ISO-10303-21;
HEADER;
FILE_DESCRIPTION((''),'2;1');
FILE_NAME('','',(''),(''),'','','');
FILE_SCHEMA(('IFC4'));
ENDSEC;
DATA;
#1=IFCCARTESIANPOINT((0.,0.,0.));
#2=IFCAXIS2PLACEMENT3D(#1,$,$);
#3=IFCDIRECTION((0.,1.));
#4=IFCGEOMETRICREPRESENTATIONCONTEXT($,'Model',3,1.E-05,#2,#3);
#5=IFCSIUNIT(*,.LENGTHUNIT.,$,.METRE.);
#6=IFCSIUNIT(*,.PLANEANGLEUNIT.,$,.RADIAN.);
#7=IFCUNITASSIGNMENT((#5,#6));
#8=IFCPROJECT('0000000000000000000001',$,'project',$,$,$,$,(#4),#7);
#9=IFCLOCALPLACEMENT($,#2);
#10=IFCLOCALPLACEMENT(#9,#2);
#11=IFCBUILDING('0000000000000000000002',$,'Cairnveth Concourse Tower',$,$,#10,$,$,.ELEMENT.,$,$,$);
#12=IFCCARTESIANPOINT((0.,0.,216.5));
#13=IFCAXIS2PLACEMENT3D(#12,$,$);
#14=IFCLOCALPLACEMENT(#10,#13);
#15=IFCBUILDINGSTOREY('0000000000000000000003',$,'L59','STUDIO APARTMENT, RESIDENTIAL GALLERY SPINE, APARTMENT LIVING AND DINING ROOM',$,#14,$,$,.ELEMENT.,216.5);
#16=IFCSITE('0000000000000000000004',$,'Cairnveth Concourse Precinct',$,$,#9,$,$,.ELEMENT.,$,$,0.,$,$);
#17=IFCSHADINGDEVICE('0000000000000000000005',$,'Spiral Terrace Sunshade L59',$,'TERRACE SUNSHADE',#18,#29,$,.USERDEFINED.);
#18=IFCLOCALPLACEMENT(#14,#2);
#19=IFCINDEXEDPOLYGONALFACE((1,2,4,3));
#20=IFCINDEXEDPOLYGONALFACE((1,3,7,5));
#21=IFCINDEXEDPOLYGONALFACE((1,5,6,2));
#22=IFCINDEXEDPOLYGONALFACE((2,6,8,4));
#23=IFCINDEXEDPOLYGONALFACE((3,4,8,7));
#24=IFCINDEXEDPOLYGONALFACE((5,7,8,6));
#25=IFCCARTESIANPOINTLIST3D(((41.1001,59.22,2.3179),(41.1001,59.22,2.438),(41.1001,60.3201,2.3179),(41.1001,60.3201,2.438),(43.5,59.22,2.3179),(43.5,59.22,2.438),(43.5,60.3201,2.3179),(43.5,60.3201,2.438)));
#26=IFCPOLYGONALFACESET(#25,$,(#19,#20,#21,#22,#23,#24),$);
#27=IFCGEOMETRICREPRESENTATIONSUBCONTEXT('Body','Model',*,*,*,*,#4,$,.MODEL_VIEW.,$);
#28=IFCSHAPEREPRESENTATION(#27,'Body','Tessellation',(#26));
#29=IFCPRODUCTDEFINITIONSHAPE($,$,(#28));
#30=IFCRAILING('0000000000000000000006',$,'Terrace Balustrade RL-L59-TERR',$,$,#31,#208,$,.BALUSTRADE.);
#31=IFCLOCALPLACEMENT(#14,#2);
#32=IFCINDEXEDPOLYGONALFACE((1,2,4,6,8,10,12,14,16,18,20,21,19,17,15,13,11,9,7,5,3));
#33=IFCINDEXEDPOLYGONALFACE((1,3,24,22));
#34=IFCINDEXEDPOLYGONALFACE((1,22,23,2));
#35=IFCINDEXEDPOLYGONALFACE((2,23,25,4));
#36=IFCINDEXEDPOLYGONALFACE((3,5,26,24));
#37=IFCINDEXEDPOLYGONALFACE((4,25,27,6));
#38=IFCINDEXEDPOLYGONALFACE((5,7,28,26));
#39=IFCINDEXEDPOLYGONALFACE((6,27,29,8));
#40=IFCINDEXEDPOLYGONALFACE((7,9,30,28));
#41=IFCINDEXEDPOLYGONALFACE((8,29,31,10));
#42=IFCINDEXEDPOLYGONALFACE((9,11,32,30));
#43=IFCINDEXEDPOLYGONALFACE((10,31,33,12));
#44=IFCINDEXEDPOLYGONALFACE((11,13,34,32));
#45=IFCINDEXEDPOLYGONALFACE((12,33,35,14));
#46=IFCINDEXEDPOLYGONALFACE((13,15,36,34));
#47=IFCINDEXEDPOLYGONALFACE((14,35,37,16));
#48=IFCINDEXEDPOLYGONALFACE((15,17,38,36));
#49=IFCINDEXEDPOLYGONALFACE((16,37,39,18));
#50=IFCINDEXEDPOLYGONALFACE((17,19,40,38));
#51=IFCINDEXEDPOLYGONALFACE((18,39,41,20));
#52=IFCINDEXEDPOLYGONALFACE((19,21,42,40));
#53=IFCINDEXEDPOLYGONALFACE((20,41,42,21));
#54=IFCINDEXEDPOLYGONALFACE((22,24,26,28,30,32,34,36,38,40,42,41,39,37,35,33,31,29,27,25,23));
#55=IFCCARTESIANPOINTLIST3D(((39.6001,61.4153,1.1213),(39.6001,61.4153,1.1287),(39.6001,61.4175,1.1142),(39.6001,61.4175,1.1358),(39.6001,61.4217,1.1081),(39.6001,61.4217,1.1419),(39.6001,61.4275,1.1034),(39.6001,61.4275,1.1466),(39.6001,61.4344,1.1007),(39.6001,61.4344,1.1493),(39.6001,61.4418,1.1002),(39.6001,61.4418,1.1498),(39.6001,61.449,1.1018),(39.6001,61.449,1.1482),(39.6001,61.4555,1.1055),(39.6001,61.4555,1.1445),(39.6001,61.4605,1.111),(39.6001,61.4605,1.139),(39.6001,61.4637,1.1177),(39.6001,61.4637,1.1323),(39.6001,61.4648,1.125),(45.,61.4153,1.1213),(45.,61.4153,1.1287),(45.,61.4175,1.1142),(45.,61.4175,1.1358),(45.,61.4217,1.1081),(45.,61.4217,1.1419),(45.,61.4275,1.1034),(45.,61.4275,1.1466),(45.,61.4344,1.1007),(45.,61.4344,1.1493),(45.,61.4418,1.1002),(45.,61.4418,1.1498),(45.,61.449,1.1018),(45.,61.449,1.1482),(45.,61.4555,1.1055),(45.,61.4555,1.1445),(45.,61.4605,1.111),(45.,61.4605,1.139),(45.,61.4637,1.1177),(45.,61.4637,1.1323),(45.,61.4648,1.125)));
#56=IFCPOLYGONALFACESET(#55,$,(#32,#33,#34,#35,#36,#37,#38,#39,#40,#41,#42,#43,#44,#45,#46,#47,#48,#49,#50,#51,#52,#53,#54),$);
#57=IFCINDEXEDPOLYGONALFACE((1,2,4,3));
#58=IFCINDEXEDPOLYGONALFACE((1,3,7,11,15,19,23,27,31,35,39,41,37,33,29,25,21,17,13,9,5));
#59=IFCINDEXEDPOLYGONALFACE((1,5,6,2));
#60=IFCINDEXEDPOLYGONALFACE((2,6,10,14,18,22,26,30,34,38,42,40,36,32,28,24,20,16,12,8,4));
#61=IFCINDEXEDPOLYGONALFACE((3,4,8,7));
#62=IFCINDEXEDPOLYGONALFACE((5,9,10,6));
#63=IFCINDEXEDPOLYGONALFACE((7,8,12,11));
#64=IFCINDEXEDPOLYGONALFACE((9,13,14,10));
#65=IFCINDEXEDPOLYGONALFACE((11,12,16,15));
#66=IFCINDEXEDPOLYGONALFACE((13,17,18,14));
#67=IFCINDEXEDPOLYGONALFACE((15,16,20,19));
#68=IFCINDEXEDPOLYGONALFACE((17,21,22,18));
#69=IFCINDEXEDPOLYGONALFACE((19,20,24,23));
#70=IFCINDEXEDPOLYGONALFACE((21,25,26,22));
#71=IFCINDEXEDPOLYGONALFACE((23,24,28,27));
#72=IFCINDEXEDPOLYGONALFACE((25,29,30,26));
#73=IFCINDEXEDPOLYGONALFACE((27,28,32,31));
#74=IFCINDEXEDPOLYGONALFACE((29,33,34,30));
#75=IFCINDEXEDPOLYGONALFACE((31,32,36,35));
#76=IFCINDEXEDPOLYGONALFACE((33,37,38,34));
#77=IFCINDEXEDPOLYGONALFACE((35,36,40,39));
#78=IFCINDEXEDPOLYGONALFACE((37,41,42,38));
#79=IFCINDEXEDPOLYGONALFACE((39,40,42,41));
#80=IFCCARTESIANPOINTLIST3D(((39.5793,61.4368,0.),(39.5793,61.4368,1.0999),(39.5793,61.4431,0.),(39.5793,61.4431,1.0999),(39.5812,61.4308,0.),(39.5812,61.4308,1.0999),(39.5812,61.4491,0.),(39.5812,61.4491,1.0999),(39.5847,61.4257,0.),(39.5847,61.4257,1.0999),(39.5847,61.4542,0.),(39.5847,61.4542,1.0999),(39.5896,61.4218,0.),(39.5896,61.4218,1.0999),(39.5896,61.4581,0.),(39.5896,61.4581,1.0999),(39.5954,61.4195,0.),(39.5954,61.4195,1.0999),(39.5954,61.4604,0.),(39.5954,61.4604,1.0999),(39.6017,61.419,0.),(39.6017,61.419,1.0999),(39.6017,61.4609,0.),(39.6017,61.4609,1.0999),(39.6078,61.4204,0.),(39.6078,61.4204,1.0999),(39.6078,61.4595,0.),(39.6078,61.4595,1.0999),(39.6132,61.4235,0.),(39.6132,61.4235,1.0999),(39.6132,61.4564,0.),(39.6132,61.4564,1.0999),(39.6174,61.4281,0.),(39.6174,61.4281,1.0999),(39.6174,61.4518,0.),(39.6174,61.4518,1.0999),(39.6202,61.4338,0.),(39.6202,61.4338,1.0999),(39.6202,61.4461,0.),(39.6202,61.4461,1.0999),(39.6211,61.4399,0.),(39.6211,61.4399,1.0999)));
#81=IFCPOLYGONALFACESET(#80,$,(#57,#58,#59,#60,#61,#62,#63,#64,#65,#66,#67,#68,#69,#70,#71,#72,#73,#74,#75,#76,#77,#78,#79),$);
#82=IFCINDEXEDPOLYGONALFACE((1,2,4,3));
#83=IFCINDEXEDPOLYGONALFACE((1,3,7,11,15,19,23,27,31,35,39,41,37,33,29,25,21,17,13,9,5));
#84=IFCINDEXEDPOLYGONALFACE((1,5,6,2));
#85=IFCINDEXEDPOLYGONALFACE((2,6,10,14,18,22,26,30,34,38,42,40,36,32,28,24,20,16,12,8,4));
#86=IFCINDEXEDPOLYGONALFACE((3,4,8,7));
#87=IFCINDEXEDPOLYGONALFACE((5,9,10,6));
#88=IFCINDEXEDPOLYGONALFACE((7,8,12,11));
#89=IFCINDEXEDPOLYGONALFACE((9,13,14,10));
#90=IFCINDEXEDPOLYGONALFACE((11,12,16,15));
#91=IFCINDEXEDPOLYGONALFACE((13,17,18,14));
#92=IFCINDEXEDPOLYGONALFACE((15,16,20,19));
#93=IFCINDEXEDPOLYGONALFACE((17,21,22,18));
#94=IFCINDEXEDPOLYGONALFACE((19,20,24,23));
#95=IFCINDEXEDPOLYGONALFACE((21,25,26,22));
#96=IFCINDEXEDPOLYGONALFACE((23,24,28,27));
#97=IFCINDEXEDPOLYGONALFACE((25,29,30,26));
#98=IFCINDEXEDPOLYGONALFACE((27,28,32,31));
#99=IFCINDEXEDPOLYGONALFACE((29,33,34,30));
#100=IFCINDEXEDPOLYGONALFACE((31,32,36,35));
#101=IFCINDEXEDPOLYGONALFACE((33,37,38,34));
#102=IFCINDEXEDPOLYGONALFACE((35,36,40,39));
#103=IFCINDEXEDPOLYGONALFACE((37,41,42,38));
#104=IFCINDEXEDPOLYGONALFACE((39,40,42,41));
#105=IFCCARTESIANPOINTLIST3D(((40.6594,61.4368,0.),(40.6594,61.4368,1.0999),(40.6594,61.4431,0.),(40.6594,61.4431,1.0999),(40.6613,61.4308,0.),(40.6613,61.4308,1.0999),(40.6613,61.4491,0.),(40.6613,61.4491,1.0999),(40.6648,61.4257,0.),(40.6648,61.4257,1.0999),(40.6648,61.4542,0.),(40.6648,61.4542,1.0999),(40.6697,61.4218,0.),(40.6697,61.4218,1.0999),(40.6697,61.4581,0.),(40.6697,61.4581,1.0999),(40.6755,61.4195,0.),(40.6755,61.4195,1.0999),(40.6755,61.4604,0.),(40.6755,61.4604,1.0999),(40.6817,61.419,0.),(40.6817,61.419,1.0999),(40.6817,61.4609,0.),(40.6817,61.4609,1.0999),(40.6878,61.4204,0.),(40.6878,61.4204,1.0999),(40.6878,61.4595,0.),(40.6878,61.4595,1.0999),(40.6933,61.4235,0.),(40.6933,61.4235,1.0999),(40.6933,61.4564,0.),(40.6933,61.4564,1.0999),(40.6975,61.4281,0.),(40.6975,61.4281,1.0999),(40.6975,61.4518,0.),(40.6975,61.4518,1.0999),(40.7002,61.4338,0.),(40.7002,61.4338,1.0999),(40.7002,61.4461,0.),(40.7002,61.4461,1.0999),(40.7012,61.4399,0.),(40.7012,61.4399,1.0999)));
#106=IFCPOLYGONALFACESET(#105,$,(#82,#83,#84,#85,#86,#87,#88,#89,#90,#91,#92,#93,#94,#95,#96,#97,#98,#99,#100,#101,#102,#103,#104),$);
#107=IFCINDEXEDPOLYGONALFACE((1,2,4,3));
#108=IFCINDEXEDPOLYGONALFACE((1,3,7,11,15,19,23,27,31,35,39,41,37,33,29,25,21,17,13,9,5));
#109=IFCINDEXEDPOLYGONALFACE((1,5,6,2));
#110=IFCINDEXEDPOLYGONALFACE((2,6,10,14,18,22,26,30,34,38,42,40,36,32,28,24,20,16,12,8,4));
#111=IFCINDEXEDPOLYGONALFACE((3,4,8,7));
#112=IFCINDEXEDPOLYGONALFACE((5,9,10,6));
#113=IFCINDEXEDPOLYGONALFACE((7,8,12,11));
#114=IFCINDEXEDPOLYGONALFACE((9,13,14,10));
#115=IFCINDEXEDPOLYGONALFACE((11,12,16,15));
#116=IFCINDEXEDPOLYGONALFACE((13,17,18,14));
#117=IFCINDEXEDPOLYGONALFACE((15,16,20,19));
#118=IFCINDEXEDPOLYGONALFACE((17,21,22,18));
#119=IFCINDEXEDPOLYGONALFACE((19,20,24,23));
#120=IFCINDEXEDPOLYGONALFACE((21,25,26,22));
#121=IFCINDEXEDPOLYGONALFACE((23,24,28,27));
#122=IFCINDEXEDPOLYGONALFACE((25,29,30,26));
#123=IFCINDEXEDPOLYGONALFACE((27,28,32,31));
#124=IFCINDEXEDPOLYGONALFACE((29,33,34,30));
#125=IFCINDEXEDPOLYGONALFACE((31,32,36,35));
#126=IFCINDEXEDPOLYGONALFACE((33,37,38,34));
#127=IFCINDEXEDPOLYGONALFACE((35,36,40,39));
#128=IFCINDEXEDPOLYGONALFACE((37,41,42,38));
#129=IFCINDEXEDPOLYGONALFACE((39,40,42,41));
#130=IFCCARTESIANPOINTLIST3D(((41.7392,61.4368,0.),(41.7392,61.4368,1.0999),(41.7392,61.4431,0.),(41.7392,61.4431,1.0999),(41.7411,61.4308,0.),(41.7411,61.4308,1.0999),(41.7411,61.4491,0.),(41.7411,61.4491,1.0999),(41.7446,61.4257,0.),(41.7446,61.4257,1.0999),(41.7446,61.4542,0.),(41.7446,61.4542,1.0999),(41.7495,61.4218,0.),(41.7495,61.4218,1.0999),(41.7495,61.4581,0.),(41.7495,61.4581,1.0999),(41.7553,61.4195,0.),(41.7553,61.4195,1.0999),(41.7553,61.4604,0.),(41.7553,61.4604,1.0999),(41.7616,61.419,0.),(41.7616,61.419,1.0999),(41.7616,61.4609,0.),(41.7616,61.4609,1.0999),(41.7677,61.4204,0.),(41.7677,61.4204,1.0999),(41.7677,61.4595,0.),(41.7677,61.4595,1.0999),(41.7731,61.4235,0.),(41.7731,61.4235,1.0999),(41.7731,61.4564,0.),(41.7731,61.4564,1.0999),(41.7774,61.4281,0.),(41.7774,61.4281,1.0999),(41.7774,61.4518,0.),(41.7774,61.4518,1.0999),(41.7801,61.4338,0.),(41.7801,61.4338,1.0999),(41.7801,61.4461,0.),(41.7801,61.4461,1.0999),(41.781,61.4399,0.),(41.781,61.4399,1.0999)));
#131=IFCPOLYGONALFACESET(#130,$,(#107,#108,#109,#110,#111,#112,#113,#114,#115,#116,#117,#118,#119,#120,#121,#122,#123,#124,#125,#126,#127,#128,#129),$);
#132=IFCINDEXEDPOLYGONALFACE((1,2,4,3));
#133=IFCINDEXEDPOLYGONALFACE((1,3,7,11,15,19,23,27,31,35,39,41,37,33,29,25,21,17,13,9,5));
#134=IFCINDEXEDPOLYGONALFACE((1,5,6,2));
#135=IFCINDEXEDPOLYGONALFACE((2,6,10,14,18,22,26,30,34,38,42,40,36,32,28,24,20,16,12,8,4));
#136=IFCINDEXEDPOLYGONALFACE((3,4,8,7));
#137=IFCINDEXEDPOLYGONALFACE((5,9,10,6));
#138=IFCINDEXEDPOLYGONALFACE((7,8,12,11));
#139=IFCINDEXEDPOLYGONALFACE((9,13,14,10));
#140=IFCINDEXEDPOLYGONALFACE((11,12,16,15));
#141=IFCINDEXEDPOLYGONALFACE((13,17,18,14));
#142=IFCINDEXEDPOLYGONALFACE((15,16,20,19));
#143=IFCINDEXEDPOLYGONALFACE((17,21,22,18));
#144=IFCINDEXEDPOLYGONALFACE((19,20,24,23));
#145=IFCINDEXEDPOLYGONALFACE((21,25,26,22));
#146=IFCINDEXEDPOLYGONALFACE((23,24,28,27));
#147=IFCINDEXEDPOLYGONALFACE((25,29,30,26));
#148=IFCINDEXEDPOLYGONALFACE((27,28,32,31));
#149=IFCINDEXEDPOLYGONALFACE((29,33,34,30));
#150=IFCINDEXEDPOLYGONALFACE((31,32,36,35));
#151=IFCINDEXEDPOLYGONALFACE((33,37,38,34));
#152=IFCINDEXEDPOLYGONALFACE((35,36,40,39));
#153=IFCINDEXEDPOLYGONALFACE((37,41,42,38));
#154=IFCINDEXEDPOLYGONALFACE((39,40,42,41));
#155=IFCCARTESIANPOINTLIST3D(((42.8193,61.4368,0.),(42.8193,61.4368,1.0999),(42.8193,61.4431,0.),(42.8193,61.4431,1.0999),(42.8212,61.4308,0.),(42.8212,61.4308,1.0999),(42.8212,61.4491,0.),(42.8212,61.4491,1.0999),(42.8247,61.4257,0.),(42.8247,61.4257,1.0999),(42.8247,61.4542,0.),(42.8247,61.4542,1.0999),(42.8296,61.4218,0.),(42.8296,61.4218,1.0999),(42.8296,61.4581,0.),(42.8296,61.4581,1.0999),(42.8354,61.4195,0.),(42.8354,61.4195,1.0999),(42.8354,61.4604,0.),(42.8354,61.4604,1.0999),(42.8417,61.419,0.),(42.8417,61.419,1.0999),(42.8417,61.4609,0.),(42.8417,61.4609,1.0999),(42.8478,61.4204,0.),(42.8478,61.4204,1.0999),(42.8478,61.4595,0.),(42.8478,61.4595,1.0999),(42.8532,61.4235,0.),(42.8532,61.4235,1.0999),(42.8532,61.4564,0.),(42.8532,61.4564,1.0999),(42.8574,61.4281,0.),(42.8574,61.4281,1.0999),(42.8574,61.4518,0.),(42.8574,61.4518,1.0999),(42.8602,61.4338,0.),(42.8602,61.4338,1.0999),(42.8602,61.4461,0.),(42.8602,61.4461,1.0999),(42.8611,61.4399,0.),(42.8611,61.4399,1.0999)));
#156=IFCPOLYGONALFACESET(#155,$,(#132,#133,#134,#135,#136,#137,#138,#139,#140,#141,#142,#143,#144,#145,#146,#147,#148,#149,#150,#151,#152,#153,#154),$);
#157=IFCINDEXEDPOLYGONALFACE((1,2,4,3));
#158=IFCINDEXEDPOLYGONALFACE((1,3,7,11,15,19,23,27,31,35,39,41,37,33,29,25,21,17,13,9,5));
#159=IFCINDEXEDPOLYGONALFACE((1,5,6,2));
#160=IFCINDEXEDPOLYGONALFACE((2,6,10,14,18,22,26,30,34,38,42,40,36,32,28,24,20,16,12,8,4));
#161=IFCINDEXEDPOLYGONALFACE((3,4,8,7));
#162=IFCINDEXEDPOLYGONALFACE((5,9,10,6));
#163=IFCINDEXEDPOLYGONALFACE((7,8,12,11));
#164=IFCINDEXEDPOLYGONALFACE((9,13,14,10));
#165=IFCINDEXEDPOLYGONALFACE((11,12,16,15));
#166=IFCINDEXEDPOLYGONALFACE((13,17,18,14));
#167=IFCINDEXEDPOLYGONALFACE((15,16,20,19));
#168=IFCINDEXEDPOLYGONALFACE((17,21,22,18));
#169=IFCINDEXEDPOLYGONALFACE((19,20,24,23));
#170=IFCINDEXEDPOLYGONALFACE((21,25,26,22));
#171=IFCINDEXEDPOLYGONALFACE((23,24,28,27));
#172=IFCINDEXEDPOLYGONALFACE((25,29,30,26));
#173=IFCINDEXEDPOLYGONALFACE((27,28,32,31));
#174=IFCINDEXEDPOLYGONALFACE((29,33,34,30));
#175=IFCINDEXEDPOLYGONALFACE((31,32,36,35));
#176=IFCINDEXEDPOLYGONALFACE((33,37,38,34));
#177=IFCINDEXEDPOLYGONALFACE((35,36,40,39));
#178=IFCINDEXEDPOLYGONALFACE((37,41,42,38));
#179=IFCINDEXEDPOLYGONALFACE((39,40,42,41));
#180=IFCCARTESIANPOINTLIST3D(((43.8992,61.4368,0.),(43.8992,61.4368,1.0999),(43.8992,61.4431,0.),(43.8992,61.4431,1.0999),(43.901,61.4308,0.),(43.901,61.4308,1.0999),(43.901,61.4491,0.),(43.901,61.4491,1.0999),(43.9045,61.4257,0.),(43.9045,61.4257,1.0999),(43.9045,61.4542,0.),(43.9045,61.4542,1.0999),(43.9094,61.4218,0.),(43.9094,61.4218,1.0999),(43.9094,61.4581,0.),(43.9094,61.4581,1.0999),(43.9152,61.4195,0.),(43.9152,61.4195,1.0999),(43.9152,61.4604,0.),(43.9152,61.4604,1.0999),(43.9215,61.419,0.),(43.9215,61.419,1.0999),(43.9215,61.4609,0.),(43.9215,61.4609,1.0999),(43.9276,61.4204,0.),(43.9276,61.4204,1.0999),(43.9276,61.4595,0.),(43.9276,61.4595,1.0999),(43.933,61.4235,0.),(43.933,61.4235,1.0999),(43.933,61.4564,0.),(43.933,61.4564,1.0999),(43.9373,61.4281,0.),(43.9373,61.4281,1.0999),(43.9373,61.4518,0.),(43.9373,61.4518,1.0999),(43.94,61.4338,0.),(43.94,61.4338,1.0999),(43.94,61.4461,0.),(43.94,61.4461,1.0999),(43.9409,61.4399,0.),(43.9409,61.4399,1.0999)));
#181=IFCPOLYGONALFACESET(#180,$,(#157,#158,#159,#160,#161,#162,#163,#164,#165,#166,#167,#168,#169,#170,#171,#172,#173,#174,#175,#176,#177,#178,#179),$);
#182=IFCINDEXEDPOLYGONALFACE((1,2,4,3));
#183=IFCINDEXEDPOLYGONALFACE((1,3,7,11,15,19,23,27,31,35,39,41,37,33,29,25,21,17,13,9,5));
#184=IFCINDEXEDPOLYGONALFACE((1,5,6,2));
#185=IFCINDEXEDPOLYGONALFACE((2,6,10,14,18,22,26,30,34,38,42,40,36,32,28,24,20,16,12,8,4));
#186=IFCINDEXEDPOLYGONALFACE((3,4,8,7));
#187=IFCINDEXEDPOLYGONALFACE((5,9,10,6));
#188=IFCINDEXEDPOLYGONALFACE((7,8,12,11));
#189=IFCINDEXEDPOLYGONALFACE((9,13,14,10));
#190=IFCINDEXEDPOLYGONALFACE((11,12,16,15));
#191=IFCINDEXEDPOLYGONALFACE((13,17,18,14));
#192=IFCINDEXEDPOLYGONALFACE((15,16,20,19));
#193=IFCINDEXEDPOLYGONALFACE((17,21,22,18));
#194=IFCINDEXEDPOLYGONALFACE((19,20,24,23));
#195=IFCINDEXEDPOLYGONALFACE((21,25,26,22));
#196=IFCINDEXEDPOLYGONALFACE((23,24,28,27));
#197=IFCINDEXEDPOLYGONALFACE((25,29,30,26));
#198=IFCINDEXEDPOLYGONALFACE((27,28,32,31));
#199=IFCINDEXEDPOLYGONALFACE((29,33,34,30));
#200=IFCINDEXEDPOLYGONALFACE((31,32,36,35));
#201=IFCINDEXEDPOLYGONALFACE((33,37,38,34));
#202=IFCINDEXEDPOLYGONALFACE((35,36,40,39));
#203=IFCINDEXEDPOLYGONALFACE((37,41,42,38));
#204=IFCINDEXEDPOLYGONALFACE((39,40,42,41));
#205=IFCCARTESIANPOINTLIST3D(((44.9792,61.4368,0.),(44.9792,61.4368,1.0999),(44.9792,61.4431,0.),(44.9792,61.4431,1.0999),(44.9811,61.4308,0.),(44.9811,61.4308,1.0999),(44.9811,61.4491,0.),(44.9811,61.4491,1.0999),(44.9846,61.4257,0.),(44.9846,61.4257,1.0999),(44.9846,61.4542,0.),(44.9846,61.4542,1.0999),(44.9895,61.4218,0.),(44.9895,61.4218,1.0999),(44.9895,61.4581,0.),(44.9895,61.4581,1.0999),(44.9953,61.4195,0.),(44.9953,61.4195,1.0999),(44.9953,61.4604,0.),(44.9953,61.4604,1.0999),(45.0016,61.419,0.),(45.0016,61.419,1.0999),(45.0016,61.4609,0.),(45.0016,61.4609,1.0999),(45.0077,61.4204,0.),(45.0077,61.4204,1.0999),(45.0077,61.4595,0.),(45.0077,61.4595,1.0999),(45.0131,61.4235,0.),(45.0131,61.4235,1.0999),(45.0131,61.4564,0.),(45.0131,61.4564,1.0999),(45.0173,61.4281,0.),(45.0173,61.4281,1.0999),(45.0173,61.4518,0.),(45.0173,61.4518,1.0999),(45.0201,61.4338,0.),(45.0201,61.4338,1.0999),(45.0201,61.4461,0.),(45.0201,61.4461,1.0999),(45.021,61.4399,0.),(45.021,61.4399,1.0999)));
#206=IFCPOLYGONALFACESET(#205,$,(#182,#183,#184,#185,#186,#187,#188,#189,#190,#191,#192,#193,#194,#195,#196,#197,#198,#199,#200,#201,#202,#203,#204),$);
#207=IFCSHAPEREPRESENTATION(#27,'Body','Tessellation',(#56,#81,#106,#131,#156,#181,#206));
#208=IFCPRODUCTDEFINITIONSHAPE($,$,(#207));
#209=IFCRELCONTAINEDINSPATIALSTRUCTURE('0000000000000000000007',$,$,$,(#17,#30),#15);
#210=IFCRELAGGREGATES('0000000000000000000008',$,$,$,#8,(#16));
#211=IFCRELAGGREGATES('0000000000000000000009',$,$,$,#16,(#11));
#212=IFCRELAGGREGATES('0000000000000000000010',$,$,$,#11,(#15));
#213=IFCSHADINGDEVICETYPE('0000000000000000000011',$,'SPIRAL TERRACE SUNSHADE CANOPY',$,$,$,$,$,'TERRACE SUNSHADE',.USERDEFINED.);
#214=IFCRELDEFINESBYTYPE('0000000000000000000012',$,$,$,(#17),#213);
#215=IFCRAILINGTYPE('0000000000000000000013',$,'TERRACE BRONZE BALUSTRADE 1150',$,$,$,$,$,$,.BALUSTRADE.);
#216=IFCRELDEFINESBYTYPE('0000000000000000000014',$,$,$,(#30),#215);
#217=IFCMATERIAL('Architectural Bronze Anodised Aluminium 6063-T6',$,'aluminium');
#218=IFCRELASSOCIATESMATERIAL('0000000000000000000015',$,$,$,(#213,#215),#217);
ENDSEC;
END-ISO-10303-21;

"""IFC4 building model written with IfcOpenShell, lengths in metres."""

from ifc_helpers import new_model, si_unit, direction, frame, origin, origin_2d, place, context, subcontext, project, spatial, rectangle, circle, extrude, material, type_object, element, save


model = new_model("IFC4")

# Units and contexts
model_context = context("Model", 3, precision=1e-05, world=origin(), true_north=direction((0.0, 1.0)))
body_context = subcontext(model_context, "Body", "Model", "MODEL_VIEW")
ifc_project = project(units=[si_unit("LENGTHUNIT", "METRE"), si_unit("PLANEANGLEUNIT", "RADIAN")], contexts=[model_context])

# Site, building, storey
site_placement = place(None, origin())
site = spatial("IfcSite", under=ifc_project, at=site_placement, Name="Cairnveth Concourse Precinct", CompositionType="ELEMENT", RefElevation=0.0)
building_placement = place(site_placement, origin())
building = spatial("IfcBuilding", under=site, at=building_placement, Name="Cairnveth Concourse Tower", CompositionType="ELEMENT")
storey_placement = place(building_placement, frame((0.0, 0.0, 216.5)))
storey = spatial("IfcBuildingStorey", under=building, at=storey_placement, Name="L59", Description="STUDIO APARTMENT, RESIDENTIAL GALLERY SPINE, APARTMENT LIVING AND DINING ROOM", CompositionType="ELEMENT", Elevation=216.5)

# Shared definitions
ifc_material_1 = material(Name="Architectural Bronze Anodised Aluminium 6063-T6", Category="aluminium")

# Shading device
shading_device_type = type_object("IfcShadingDeviceType", Name="SPIRAL TERRACE SUNSHADE CANOPY", ElementType="TERRACE SUNSHADE", PredefinedType="USERDEFINED", material=ifc_material_1)
shading_device_placement = place(storey_placement, frame((42.3, 59.77, 2.3179), z_axis=(0.0, 0.0, 1.0), x_axis=(1.0, 0.0, 0.0)))
element("IfcShadingDevice", 1, at=shading_device_placement, inside=storey, type_object=shading_device_type, Name="Spiral Terrace Sunshade L59", ObjectType="TERRACE SUNSHADE", PredefinedType="USERDEFINED", context=body_context, shape_type="SweptSolid", body=[
    extrude(rectangle(XDim=2.3999, YDim=1.1001, at=origin_2d()), origin(), (0.0, 0.0, 1.0), 0.1201),
])

# Railing
railing_type = type_object("IfcRailingType", Name="TERRACE BRONZE BALUSTRADE 1150", PredefinedType="BALUSTRADE", material=ifc_material_1)
railing_placement = place(storey_placement, frame((39.6001, 61.4399, 0.0)))
element("IfcRailing", 2, at=railing_placement, inside=storey, type_object=railing_type, Name="Terrace Balustrade RL-L59-TERR", PredefinedType="BALUSTRADE", context=body_context, shape_type="SweptSolid", body=[
    extrude(circle(Radius=0.0249, at=origin_2d()), frame((0.0, 0.0, 1.125), z_axis=(1.0, 0.0, 0.0), x_axis=(0.0, 1.0, 0.0)), (0.0, 0.0, 1.0), 5.3999),
    extrude(circle(Radius=0.021, at=origin_2d()), origin(), (0.0, 0.0, 1.0), 1.0999),
    extrude(circle(Radius=0.021, at=origin_2d()), frame((1.0801, 0.0, 0.0)), (0.0, 0.0, 1.0), 1.0999),
    extrude(circle(Radius=0.021, at=origin_2d()), frame((2.1599, 0.0, 0.0)), (0.0, 0.0, 1.0), 1.0999),
    extrude(circle(Radius=0.021, at=origin_2d()), frame((3.24, 0.0, 0.0)), (0.0, 0.0, 1.0), 1.0999),
    extrude(circle(Radius=0.021, at=origin_2d()), frame((4.3198, 0.0, 0.0)), (0.0, 0.0, 1.0), 1.0999),
    extrude(circle(Radius=0.021, at=origin_2d()), frame((5.3999, 0.0, 0.0)), (0.0, 0.0, 1.0), 1.0999),
])

save(model, "model.ifc")
